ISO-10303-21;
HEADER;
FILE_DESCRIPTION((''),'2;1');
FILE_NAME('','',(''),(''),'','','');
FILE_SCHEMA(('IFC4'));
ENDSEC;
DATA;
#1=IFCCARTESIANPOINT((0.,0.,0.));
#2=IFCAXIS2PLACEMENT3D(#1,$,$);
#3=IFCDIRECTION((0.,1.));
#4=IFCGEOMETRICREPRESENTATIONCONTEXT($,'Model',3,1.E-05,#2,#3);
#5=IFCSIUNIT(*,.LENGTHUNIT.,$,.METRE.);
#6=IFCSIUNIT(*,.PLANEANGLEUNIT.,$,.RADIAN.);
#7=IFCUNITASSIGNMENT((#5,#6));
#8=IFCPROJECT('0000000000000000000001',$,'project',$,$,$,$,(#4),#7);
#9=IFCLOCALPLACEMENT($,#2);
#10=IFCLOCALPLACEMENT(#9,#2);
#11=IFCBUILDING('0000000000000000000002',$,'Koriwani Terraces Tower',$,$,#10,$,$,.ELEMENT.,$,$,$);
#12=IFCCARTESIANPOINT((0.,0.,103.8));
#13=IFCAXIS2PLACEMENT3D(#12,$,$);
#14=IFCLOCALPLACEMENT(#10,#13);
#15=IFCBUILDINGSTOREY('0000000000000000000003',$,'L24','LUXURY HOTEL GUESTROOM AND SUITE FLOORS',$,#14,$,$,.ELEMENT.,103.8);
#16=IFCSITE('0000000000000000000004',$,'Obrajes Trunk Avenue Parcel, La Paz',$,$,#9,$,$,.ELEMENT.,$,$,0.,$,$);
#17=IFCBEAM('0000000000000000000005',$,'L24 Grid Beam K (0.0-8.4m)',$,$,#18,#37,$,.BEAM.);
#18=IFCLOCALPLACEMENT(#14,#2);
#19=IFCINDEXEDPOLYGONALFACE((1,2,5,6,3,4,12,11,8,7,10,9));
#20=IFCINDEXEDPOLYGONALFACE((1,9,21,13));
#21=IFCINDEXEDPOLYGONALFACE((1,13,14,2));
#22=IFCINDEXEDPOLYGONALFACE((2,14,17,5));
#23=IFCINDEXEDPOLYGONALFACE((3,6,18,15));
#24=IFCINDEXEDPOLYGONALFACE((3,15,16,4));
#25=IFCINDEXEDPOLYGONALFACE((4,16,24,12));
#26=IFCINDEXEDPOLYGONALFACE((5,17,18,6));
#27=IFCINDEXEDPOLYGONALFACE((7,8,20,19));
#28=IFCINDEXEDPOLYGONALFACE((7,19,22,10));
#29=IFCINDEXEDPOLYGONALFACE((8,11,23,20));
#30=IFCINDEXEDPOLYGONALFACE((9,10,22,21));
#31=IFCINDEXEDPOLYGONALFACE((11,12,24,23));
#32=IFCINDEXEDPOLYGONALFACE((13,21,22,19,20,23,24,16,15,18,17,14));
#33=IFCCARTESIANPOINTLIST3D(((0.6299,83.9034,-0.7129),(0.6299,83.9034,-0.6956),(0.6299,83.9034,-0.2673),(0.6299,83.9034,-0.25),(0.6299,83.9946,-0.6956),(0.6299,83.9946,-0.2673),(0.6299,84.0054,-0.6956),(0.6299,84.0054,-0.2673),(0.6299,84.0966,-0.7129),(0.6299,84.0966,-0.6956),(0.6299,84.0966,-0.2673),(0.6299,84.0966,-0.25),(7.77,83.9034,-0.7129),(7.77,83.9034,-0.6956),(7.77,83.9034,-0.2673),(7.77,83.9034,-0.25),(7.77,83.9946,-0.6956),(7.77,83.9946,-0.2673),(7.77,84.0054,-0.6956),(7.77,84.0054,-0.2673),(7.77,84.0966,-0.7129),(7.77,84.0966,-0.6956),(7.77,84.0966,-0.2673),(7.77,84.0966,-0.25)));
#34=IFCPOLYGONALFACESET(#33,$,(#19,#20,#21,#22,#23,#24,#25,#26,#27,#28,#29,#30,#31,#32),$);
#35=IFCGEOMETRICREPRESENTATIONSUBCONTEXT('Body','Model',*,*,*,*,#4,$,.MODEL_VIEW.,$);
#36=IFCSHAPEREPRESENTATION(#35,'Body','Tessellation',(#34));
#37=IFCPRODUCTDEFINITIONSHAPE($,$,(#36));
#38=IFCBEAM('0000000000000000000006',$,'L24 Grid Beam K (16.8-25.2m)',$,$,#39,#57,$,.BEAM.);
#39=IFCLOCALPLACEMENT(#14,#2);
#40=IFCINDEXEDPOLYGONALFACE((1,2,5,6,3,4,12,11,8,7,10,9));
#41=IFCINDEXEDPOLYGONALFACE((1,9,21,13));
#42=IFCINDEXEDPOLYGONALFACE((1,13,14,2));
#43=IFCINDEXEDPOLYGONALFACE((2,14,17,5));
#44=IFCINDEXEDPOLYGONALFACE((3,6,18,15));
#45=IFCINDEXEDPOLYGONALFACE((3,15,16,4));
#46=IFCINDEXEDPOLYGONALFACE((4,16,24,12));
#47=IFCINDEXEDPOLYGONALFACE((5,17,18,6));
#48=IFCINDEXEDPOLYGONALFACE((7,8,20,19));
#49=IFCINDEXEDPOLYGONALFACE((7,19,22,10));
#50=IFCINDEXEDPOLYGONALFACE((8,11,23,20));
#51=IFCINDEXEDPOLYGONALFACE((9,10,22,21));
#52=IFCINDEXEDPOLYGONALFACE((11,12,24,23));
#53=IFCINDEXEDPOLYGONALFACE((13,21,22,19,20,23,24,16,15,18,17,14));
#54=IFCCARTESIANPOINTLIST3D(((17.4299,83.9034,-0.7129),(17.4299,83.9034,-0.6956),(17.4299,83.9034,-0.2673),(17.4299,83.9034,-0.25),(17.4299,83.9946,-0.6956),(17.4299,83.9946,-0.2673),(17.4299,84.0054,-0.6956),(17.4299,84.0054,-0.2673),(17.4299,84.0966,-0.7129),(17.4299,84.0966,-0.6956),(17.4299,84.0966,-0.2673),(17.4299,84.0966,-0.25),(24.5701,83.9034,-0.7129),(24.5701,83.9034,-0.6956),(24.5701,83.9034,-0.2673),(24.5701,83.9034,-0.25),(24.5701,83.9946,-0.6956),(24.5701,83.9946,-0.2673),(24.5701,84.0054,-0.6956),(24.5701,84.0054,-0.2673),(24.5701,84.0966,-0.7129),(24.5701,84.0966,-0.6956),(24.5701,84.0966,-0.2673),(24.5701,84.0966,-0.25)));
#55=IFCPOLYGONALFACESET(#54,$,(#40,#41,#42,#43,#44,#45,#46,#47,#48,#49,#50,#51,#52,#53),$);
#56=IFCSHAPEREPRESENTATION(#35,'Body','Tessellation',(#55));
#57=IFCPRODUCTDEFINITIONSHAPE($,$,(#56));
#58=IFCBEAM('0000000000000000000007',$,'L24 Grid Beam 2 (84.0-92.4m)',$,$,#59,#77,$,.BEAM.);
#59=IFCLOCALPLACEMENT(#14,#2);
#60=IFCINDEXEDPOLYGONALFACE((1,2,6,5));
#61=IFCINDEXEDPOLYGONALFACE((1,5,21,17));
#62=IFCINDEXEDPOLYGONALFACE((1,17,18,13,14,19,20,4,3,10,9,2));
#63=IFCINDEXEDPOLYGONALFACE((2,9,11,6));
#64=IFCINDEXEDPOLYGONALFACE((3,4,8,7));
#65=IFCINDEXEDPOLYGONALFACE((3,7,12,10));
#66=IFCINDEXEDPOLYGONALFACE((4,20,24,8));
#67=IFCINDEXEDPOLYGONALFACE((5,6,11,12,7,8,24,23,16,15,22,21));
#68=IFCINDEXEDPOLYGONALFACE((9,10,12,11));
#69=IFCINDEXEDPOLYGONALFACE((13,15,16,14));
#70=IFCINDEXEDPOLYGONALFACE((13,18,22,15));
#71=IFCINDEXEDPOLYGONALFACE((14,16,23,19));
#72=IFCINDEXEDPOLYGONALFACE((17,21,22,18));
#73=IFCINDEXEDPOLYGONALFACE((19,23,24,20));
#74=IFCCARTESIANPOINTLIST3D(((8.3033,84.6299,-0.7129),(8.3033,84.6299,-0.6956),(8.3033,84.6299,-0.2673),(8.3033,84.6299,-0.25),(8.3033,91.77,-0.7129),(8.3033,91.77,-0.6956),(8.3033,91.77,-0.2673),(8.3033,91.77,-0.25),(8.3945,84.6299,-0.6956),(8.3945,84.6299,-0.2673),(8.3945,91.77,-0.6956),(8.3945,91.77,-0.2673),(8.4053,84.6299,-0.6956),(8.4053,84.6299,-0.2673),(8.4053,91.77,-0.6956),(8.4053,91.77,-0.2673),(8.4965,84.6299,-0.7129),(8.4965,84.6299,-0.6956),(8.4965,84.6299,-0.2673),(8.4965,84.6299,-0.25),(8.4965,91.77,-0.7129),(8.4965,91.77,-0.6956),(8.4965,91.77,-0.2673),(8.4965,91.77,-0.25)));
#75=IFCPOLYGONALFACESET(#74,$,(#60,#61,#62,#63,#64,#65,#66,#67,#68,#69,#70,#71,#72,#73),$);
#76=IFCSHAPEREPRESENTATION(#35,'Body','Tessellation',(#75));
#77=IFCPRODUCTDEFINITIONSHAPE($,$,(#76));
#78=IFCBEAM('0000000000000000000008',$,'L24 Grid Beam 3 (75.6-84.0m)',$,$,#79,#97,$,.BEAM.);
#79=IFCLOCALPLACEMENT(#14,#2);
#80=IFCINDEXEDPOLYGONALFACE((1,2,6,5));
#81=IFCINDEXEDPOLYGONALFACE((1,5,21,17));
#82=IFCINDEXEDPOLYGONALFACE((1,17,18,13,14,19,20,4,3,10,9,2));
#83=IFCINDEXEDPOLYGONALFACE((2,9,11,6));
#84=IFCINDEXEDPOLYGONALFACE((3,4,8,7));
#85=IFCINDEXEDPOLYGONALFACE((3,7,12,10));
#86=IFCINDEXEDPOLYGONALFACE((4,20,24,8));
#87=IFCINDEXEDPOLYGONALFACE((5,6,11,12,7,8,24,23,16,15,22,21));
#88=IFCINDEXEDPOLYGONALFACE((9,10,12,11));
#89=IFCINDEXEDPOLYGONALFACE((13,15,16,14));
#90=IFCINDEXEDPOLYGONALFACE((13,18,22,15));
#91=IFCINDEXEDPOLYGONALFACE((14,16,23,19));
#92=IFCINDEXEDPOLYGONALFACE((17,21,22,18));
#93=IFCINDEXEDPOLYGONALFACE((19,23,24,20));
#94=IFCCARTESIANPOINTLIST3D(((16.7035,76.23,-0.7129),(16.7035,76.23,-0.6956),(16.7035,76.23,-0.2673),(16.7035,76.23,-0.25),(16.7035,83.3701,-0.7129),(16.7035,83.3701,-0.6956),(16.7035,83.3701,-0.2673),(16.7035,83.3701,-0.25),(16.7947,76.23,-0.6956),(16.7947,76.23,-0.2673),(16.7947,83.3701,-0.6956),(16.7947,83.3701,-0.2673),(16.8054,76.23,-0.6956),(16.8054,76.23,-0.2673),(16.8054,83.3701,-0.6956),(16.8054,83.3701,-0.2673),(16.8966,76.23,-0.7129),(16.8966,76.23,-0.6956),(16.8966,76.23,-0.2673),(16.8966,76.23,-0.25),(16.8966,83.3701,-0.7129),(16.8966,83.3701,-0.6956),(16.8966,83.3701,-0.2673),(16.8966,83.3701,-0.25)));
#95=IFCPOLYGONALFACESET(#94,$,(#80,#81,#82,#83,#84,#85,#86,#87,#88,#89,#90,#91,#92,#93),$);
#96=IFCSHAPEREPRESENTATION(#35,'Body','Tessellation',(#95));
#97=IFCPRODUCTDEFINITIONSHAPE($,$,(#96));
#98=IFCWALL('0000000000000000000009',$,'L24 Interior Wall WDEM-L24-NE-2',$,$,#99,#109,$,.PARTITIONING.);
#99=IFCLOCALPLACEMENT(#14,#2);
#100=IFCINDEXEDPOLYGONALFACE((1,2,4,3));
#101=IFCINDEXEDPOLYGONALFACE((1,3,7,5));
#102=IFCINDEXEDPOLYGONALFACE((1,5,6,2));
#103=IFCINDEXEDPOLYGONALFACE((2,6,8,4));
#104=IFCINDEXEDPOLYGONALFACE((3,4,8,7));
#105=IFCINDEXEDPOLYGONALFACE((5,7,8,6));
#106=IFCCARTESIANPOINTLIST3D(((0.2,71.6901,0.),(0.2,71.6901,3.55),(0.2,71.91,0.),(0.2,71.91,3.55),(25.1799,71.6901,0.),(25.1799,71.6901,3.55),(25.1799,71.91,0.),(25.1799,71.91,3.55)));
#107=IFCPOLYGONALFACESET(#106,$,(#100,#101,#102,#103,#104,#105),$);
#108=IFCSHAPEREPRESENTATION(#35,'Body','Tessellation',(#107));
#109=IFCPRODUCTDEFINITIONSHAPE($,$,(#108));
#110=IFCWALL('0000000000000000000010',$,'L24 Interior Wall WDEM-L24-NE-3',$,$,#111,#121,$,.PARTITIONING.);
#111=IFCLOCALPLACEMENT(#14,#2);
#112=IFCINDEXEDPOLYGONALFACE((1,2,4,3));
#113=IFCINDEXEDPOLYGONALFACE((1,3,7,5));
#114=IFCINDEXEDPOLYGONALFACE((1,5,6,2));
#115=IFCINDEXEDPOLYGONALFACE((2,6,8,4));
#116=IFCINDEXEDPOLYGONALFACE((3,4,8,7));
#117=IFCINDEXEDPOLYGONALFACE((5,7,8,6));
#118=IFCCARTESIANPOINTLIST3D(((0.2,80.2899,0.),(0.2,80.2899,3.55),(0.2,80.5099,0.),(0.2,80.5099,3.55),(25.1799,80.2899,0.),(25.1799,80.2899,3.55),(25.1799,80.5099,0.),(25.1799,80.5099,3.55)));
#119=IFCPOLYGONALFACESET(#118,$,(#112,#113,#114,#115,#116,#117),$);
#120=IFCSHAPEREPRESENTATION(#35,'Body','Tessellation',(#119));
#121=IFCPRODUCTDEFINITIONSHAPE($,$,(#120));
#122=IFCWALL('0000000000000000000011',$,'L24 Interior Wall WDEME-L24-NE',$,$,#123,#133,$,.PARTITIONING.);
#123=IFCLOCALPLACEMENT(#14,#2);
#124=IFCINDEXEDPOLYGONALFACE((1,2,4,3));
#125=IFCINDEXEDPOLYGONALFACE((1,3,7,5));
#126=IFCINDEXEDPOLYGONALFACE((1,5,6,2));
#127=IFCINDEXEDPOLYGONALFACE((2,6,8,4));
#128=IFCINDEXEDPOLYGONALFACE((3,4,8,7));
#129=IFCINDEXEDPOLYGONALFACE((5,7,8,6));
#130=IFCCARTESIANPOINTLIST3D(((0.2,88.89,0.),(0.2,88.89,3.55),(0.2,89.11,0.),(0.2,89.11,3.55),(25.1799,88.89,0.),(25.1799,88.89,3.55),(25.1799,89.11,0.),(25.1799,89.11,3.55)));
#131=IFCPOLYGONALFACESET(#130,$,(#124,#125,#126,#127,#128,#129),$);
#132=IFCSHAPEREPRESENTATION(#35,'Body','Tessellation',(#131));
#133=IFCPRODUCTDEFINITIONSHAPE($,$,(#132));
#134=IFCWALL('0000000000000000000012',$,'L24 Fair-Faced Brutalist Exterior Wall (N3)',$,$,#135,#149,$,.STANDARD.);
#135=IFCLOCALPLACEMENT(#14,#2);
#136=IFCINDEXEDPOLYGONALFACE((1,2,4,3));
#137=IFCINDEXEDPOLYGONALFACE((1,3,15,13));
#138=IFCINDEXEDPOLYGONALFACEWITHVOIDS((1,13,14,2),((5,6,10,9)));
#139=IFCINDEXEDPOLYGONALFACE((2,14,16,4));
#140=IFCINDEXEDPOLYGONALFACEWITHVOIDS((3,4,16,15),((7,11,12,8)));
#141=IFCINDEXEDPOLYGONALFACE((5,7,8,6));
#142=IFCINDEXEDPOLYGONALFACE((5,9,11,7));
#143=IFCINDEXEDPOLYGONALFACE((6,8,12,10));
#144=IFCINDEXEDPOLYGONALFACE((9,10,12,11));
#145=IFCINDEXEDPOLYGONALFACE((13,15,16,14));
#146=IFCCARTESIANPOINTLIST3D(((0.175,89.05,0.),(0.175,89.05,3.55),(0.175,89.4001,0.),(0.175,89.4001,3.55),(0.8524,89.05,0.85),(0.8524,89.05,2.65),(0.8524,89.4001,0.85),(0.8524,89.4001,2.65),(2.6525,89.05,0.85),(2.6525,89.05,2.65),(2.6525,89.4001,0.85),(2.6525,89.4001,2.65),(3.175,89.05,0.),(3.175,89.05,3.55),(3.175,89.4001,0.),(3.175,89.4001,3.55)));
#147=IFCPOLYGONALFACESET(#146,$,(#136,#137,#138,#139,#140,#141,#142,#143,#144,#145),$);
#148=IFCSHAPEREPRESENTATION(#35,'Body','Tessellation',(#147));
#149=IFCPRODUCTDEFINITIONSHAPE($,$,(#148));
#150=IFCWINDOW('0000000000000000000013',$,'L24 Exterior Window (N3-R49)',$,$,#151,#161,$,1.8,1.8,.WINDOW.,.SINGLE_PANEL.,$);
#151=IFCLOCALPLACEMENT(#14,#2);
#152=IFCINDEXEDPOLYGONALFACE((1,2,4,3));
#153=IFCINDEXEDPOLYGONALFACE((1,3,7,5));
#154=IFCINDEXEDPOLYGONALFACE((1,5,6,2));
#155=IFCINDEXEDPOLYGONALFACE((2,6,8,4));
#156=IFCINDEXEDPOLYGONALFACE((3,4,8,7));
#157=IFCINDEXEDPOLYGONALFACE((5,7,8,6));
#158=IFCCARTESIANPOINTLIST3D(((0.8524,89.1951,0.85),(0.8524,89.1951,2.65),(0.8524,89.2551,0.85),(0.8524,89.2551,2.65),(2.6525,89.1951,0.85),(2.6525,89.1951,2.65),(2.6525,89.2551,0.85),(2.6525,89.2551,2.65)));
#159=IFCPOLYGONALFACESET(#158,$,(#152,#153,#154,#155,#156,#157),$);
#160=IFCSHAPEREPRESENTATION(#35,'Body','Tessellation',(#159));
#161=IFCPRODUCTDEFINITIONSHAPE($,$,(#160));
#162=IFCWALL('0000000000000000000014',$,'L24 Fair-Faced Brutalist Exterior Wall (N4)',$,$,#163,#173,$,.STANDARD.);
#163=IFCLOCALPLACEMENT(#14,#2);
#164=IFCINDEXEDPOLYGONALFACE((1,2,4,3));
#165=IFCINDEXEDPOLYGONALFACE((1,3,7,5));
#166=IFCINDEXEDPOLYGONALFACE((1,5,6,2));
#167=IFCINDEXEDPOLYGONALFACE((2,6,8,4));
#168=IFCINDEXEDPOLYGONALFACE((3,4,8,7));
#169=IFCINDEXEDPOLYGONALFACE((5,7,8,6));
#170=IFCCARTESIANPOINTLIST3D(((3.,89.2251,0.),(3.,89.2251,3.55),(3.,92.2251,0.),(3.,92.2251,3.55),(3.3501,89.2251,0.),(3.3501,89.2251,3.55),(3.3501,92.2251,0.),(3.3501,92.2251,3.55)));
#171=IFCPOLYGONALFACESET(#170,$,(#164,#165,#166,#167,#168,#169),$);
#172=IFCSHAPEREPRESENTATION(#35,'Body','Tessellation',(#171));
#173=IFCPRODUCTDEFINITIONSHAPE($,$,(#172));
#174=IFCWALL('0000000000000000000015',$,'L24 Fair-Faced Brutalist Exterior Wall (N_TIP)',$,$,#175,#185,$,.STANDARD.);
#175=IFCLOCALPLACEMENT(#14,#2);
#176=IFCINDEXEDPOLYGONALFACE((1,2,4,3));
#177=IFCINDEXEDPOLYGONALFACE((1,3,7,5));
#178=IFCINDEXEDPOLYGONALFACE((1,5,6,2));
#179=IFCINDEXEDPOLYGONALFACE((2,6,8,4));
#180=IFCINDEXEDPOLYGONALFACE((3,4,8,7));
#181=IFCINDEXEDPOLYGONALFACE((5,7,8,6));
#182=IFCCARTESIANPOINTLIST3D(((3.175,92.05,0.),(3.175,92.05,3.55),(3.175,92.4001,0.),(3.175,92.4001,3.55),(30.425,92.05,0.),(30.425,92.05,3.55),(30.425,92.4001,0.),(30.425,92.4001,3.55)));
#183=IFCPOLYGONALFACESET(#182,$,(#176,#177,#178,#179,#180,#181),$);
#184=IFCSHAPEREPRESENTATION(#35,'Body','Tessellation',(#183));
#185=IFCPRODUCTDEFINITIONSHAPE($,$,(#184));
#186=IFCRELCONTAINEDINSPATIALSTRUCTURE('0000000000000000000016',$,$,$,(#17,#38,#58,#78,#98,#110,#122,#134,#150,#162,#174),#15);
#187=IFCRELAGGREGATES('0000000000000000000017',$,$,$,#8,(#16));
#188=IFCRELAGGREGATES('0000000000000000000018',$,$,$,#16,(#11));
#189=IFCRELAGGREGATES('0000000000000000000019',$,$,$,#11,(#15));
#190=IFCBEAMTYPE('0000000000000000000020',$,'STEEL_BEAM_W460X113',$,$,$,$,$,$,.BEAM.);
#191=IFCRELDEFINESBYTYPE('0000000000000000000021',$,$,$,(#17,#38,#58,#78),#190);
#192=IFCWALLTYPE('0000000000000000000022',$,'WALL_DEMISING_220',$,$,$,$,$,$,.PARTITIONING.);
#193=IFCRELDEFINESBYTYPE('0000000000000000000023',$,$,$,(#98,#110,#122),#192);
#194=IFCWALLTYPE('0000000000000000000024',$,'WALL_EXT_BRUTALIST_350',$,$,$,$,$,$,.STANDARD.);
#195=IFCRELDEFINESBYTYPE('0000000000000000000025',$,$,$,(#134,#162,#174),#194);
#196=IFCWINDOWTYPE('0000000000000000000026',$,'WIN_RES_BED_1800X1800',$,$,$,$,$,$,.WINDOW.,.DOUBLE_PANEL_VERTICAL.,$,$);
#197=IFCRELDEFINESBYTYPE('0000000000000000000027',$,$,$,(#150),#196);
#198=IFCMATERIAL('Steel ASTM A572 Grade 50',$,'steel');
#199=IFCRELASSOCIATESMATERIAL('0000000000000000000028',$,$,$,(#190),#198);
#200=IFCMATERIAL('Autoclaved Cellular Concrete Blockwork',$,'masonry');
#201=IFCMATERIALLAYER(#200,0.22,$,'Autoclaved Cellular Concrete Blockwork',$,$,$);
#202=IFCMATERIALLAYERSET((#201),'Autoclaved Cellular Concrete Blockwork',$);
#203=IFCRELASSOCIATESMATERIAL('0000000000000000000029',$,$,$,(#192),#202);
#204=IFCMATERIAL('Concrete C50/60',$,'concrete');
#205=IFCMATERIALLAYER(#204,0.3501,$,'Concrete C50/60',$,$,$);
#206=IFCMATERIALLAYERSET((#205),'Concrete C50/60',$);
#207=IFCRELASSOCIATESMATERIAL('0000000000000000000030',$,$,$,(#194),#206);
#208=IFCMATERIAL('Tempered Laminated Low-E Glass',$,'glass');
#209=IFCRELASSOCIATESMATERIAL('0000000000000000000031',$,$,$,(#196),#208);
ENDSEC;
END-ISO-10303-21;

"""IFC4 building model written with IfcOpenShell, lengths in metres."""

from ifc_helpers import new_model, si_unit, direction, frame, frame_2d, origin, origin_2d, place, context, subcontext, project, spatial, rectangle, i_section, extrude, material, layer, layer_set, material_profile, profile_set, type_object, element, fill, save


model = new_model("IFC4")

# Units and contexts
model_context = context("Model", 3, precision=1e-05, world=origin(), true_north=direction((0.0, 1.0)))
body_context = subcontext(model_context, "Body", "Model", "MODEL_VIEW")
ifc_project = project(units=[si_unit("LENGTHUNIT", "METRE"), si_unit("PLANEANGLEUNIT", "RADIAN")], contexts=[model_context])

# Site, building, storey
site_placement = place(None, origin())
site = spatial("IfcSite", under=ifc_project, at=site_placement, Name="Obrajes Trunk Avenue Parcel, La Paz", CompositionType="ELEMENT", RefElevation=0.0)
building_placement = place(site_placement, origin())
building = spatial("IfcBuilding", under=site, at=building_placement, Name="Koriwani Terraces Tower", CompositionType="ELEMENT")
storey_placement = place(building_placement, frame((0.0, 0.0, 103.8)))
storey = spatial("IfcBuildingStorey", under=building, at=storey_placement, Name="L24", Description="LUXURY HOTEL GUESTROOM AND SUITE FLOORS", CompositionType="ELEMENT", Elevation=103.8)

# Beams
ifc_material_1 = material(Name="Concrete C50/60", Category="concrete")
ifc_material_2 = material(Name="Steel ASTM A572 Grade 50", Category="steel")
ifc_material_profile_1 = material_profile(ifc_material_2, i_section(OverallWidth=0.1931, OverallDepth=0.4629, WebThickness=0.0107, FlangeThickness=0.0173, at=origin_2d()), Name="Steel ASTM A572 Grade 50", Category="LoadBearing")
ifc_profile_set_1 = profile_set([ifc_material_profile_1], Name="Steel ASTM A572 Grade 50")
beam_type_1 = type_object("IfcBeamType", Name="STEEL_BEAM_W460X113", PredefinedType="BEAM", material=ifc_profile_set_1)
for number, where, z_axis, x_axis, name in (
    (1, (0.6299, 84.0, -0.4814), (1.0, 0.0, 0.0), (0.0, 1.0, 0.0), "L24 Grid Beam K (0.0-8.4m)"),
    (2, (17.4299, 84.0, -0.4814), (1.0, 0.0, 0.0), (0.0, 1.0, 0.0), "L24 Grid Beam K (16.8-25.2m)"),
    (3, (8.3999, 84.6299, -0.4814), (0.0, 1.0, 0.0), (-1.0, 0.0, 0.0), "L24 Grid Beam 2 (84.0-92.4m)"),
    (4, (16.8, 76.23, -0.4814), (0.0, 1.0, 0.0), (-1.0, 0.0, 0.0), "L24 Grid Beam 3 (75.6-84.0m)"),
):
    element("IfcBeam", number, at=place(storey_placement, frame(where, z_axis=z_axis, x_axis=x_axis)), inside=storey, type_object=beam_type_1, Name=name, PredefinedType="BEAM", context=body_context, shape_type="SweptSolid", body=[
        extrude(i_section(OverallWidth=0.1931, OverallDepth=0.4629, WebThickness=0.0107, FlangeThickness=0.0173, at=origin_2d()), origin(), (0.0, 0.0, 1.0), 7.1401),
    ])

# Walls
ifc_material_3 = material(Name="Autoclaved Cellular Concrete Blockwork", Category="masonry")
ifc_layer_1 = layer(ifc_material_3, 0.22, Name="Autoclaved Cellular Concrete Blockwork")
ifc_layer_set_1 = layer_set([ifc_layer_1], Name="Autoclaved Cellular Concrete Blockwork")
wall_type_1 = type_object("IfcWallType", Name="WALL_DEMISING_220", PredefinedType="PARTITIONING", material=ifc_layer_set_1)
for number, where, z_axis, x_axis, name in (
    (5, (0.2, 71.8, 0.0), (0.0, 0.0, 1.0), (1.0, 0.0, 0.0), "L24 Interior Wall WDEM-L24-NE-2"),
    (6, (0.2, 80.3999, 0.0), (0.0, 0.0, 1.0), (1.0, 0.0, 0.0), "L24 Interior Wall WDEM-L24-NE-3"),
    (7, (0.2, 89.0, 0.0), (0.0, 0.0, 1.0), (1.0, 0.0, 0.0), "L24 Interior Wall WDEME-L24-NE"),
):
    element("IfcWall", number, at=place(storey_placement, frame(where, z_axis=z_axis, x_axis=x_axis)), inside=storey, type_object=wall_type_1, Name=name, PredefinedType="PARTITIONING", context=body_context, shape_type="SweptSolid", body=[
        extrude(rectangle(XDim=24.98, YDim=0.22, at=frame_2d((12.49, 0.0))), origin(), (0.0, 0.0, 1.0), 3.55),
    ])

# Wall, opening, window
ifc_layer_2 = layer(ifc_material_1, 0.3501, Name="Concrete C50/60")
ifc_layer_set_2 = layer_set([ifc_layer_2], Name="Concrete C50/60")
wall_type_2 = type_object("IfcWallType", Name="WALL_EXT_BRUTALIST_350", PredefinedType="STANDARD", material=ifc_layer_set_2)
wall_1_placement = place(storey_placement, frame((0.175, 89.2251, 0.0), z_axis=(0.0, 0.0, 1.0), x_axis=(1.0, 0.0, 0.0)))
wall_1 = element("IfcWall", 8, at=wall_1_placement, inside=storey, type_object=wall_type_2, Name="L24 Fair-Faced Brutalist Exterior Wall (N3)", PredefinedType="STANDARD", context=body_context, shape_type="SweptSolid", body=[
    extrude(rectangle(XDim=3.0, YDim=0.3501, at=frame_2d((1.5, 0.0))), origin(), (0.0, 0.0, 1.0), 3.55),
])
opening_1_placement = place(wall_1_placement, frame((0.6775, 0.0, 0.8501)))
opening_1 = element("IfcOpeningElement", 9, at=opening_1_placement, cuts=wall_1, PredefinedType="OPENING", context=body_context, shape_type="SweptSolid", body=[
    extrude(rectangle(XDim=1.8, YDim=1.8, at=frame_2d((0.8999, 0.8999))), frame((0.0, 0.1851, 0.0), z_axis=(0.0, -1.0, 0.0), x_axis=(1.0, 0.0, 0.0)), (0.0, 0.0, 1.0), 0.3701),
])
ifc_material_4 = material(Name="Tempered Laminated Low-E Glass", Category="glass")
window_type = type_object("IfcWindowType", Name="WIN_RES_BED_1800X1800", PartitioningType="DOUBLE_PANEL_VERTICAL", PredefinedType="WINDOW", material=ifc_material_4)
window_placement = place(opening_1_placement, origin())
window = element("IfcWindow", 10, at=window_placement, inside=storey, type_object=window_type, Name="L24 Exterior Window (N3-R49)", OverallHeight=1.8, OverallWidth=1.8, PartitioningType="SINGLE_PANEL", PredefinedType="WINDOW", context=body_context, shape_type="SweptSolid", body=[
    extrude(rectangle(XDim=1.8, YDim=1.8, at=frame_2d((0.8999, 0.8999))), frame((0.0, 0.03, 0.0), z_axis=(0.0, -1.0, 0.0), x_axis=(1.0, 0.0, 0.0)), (0.0, 0.0, 1.0), 0.0601),
])
fill(opening_1, window)

# Walls
wall_2_placement = place(storey_placement, frame((3.175, 89.2251, 0.0), z_axis=(0.0, 0.0, 1.0), x_axis=(0.0, 1.0, 0.0)))
element("IfcWall", 11, at=wall_2_placement, inside=storey, type_object=wall_type_2, Name="L24 Fair-Faced Brutalist Exterior Wall (N4)", PredefinedType="STANDARD", context=body_context, shape_type="SweptSolid", body=[
    extrude(rectangle(XDim=3.0, YDim=0.3501, at=frame_2d((1.5, 0.0))), origin(), (0.0, 0.0, 1.0), 3.55),
])
wall_3_placement = place(storey_placement, frame((3.175, 92.2251, 0.0), z_axis=(0.0, 0.0, 1.0), x_axis=(1.0, 0.0, 0.0)))
element("IfcWall", 12, at=wall_3_placement, inside=storey, type_object=wall_type_2, Name="L24 Fair-Faced Brutalist Exterior Wall (N_TIP)", PredefinedType="STANDARD", context=body_context, shape_type="SweptSolid", body=[
    extrude(rectangle(XDim=27.25, YDim=0.3501, at=frame_2d((13.625, 0.0))), origin(), (0.0, 0.0, 1.0), 3.55),
])

save(model, "model.ifc")
